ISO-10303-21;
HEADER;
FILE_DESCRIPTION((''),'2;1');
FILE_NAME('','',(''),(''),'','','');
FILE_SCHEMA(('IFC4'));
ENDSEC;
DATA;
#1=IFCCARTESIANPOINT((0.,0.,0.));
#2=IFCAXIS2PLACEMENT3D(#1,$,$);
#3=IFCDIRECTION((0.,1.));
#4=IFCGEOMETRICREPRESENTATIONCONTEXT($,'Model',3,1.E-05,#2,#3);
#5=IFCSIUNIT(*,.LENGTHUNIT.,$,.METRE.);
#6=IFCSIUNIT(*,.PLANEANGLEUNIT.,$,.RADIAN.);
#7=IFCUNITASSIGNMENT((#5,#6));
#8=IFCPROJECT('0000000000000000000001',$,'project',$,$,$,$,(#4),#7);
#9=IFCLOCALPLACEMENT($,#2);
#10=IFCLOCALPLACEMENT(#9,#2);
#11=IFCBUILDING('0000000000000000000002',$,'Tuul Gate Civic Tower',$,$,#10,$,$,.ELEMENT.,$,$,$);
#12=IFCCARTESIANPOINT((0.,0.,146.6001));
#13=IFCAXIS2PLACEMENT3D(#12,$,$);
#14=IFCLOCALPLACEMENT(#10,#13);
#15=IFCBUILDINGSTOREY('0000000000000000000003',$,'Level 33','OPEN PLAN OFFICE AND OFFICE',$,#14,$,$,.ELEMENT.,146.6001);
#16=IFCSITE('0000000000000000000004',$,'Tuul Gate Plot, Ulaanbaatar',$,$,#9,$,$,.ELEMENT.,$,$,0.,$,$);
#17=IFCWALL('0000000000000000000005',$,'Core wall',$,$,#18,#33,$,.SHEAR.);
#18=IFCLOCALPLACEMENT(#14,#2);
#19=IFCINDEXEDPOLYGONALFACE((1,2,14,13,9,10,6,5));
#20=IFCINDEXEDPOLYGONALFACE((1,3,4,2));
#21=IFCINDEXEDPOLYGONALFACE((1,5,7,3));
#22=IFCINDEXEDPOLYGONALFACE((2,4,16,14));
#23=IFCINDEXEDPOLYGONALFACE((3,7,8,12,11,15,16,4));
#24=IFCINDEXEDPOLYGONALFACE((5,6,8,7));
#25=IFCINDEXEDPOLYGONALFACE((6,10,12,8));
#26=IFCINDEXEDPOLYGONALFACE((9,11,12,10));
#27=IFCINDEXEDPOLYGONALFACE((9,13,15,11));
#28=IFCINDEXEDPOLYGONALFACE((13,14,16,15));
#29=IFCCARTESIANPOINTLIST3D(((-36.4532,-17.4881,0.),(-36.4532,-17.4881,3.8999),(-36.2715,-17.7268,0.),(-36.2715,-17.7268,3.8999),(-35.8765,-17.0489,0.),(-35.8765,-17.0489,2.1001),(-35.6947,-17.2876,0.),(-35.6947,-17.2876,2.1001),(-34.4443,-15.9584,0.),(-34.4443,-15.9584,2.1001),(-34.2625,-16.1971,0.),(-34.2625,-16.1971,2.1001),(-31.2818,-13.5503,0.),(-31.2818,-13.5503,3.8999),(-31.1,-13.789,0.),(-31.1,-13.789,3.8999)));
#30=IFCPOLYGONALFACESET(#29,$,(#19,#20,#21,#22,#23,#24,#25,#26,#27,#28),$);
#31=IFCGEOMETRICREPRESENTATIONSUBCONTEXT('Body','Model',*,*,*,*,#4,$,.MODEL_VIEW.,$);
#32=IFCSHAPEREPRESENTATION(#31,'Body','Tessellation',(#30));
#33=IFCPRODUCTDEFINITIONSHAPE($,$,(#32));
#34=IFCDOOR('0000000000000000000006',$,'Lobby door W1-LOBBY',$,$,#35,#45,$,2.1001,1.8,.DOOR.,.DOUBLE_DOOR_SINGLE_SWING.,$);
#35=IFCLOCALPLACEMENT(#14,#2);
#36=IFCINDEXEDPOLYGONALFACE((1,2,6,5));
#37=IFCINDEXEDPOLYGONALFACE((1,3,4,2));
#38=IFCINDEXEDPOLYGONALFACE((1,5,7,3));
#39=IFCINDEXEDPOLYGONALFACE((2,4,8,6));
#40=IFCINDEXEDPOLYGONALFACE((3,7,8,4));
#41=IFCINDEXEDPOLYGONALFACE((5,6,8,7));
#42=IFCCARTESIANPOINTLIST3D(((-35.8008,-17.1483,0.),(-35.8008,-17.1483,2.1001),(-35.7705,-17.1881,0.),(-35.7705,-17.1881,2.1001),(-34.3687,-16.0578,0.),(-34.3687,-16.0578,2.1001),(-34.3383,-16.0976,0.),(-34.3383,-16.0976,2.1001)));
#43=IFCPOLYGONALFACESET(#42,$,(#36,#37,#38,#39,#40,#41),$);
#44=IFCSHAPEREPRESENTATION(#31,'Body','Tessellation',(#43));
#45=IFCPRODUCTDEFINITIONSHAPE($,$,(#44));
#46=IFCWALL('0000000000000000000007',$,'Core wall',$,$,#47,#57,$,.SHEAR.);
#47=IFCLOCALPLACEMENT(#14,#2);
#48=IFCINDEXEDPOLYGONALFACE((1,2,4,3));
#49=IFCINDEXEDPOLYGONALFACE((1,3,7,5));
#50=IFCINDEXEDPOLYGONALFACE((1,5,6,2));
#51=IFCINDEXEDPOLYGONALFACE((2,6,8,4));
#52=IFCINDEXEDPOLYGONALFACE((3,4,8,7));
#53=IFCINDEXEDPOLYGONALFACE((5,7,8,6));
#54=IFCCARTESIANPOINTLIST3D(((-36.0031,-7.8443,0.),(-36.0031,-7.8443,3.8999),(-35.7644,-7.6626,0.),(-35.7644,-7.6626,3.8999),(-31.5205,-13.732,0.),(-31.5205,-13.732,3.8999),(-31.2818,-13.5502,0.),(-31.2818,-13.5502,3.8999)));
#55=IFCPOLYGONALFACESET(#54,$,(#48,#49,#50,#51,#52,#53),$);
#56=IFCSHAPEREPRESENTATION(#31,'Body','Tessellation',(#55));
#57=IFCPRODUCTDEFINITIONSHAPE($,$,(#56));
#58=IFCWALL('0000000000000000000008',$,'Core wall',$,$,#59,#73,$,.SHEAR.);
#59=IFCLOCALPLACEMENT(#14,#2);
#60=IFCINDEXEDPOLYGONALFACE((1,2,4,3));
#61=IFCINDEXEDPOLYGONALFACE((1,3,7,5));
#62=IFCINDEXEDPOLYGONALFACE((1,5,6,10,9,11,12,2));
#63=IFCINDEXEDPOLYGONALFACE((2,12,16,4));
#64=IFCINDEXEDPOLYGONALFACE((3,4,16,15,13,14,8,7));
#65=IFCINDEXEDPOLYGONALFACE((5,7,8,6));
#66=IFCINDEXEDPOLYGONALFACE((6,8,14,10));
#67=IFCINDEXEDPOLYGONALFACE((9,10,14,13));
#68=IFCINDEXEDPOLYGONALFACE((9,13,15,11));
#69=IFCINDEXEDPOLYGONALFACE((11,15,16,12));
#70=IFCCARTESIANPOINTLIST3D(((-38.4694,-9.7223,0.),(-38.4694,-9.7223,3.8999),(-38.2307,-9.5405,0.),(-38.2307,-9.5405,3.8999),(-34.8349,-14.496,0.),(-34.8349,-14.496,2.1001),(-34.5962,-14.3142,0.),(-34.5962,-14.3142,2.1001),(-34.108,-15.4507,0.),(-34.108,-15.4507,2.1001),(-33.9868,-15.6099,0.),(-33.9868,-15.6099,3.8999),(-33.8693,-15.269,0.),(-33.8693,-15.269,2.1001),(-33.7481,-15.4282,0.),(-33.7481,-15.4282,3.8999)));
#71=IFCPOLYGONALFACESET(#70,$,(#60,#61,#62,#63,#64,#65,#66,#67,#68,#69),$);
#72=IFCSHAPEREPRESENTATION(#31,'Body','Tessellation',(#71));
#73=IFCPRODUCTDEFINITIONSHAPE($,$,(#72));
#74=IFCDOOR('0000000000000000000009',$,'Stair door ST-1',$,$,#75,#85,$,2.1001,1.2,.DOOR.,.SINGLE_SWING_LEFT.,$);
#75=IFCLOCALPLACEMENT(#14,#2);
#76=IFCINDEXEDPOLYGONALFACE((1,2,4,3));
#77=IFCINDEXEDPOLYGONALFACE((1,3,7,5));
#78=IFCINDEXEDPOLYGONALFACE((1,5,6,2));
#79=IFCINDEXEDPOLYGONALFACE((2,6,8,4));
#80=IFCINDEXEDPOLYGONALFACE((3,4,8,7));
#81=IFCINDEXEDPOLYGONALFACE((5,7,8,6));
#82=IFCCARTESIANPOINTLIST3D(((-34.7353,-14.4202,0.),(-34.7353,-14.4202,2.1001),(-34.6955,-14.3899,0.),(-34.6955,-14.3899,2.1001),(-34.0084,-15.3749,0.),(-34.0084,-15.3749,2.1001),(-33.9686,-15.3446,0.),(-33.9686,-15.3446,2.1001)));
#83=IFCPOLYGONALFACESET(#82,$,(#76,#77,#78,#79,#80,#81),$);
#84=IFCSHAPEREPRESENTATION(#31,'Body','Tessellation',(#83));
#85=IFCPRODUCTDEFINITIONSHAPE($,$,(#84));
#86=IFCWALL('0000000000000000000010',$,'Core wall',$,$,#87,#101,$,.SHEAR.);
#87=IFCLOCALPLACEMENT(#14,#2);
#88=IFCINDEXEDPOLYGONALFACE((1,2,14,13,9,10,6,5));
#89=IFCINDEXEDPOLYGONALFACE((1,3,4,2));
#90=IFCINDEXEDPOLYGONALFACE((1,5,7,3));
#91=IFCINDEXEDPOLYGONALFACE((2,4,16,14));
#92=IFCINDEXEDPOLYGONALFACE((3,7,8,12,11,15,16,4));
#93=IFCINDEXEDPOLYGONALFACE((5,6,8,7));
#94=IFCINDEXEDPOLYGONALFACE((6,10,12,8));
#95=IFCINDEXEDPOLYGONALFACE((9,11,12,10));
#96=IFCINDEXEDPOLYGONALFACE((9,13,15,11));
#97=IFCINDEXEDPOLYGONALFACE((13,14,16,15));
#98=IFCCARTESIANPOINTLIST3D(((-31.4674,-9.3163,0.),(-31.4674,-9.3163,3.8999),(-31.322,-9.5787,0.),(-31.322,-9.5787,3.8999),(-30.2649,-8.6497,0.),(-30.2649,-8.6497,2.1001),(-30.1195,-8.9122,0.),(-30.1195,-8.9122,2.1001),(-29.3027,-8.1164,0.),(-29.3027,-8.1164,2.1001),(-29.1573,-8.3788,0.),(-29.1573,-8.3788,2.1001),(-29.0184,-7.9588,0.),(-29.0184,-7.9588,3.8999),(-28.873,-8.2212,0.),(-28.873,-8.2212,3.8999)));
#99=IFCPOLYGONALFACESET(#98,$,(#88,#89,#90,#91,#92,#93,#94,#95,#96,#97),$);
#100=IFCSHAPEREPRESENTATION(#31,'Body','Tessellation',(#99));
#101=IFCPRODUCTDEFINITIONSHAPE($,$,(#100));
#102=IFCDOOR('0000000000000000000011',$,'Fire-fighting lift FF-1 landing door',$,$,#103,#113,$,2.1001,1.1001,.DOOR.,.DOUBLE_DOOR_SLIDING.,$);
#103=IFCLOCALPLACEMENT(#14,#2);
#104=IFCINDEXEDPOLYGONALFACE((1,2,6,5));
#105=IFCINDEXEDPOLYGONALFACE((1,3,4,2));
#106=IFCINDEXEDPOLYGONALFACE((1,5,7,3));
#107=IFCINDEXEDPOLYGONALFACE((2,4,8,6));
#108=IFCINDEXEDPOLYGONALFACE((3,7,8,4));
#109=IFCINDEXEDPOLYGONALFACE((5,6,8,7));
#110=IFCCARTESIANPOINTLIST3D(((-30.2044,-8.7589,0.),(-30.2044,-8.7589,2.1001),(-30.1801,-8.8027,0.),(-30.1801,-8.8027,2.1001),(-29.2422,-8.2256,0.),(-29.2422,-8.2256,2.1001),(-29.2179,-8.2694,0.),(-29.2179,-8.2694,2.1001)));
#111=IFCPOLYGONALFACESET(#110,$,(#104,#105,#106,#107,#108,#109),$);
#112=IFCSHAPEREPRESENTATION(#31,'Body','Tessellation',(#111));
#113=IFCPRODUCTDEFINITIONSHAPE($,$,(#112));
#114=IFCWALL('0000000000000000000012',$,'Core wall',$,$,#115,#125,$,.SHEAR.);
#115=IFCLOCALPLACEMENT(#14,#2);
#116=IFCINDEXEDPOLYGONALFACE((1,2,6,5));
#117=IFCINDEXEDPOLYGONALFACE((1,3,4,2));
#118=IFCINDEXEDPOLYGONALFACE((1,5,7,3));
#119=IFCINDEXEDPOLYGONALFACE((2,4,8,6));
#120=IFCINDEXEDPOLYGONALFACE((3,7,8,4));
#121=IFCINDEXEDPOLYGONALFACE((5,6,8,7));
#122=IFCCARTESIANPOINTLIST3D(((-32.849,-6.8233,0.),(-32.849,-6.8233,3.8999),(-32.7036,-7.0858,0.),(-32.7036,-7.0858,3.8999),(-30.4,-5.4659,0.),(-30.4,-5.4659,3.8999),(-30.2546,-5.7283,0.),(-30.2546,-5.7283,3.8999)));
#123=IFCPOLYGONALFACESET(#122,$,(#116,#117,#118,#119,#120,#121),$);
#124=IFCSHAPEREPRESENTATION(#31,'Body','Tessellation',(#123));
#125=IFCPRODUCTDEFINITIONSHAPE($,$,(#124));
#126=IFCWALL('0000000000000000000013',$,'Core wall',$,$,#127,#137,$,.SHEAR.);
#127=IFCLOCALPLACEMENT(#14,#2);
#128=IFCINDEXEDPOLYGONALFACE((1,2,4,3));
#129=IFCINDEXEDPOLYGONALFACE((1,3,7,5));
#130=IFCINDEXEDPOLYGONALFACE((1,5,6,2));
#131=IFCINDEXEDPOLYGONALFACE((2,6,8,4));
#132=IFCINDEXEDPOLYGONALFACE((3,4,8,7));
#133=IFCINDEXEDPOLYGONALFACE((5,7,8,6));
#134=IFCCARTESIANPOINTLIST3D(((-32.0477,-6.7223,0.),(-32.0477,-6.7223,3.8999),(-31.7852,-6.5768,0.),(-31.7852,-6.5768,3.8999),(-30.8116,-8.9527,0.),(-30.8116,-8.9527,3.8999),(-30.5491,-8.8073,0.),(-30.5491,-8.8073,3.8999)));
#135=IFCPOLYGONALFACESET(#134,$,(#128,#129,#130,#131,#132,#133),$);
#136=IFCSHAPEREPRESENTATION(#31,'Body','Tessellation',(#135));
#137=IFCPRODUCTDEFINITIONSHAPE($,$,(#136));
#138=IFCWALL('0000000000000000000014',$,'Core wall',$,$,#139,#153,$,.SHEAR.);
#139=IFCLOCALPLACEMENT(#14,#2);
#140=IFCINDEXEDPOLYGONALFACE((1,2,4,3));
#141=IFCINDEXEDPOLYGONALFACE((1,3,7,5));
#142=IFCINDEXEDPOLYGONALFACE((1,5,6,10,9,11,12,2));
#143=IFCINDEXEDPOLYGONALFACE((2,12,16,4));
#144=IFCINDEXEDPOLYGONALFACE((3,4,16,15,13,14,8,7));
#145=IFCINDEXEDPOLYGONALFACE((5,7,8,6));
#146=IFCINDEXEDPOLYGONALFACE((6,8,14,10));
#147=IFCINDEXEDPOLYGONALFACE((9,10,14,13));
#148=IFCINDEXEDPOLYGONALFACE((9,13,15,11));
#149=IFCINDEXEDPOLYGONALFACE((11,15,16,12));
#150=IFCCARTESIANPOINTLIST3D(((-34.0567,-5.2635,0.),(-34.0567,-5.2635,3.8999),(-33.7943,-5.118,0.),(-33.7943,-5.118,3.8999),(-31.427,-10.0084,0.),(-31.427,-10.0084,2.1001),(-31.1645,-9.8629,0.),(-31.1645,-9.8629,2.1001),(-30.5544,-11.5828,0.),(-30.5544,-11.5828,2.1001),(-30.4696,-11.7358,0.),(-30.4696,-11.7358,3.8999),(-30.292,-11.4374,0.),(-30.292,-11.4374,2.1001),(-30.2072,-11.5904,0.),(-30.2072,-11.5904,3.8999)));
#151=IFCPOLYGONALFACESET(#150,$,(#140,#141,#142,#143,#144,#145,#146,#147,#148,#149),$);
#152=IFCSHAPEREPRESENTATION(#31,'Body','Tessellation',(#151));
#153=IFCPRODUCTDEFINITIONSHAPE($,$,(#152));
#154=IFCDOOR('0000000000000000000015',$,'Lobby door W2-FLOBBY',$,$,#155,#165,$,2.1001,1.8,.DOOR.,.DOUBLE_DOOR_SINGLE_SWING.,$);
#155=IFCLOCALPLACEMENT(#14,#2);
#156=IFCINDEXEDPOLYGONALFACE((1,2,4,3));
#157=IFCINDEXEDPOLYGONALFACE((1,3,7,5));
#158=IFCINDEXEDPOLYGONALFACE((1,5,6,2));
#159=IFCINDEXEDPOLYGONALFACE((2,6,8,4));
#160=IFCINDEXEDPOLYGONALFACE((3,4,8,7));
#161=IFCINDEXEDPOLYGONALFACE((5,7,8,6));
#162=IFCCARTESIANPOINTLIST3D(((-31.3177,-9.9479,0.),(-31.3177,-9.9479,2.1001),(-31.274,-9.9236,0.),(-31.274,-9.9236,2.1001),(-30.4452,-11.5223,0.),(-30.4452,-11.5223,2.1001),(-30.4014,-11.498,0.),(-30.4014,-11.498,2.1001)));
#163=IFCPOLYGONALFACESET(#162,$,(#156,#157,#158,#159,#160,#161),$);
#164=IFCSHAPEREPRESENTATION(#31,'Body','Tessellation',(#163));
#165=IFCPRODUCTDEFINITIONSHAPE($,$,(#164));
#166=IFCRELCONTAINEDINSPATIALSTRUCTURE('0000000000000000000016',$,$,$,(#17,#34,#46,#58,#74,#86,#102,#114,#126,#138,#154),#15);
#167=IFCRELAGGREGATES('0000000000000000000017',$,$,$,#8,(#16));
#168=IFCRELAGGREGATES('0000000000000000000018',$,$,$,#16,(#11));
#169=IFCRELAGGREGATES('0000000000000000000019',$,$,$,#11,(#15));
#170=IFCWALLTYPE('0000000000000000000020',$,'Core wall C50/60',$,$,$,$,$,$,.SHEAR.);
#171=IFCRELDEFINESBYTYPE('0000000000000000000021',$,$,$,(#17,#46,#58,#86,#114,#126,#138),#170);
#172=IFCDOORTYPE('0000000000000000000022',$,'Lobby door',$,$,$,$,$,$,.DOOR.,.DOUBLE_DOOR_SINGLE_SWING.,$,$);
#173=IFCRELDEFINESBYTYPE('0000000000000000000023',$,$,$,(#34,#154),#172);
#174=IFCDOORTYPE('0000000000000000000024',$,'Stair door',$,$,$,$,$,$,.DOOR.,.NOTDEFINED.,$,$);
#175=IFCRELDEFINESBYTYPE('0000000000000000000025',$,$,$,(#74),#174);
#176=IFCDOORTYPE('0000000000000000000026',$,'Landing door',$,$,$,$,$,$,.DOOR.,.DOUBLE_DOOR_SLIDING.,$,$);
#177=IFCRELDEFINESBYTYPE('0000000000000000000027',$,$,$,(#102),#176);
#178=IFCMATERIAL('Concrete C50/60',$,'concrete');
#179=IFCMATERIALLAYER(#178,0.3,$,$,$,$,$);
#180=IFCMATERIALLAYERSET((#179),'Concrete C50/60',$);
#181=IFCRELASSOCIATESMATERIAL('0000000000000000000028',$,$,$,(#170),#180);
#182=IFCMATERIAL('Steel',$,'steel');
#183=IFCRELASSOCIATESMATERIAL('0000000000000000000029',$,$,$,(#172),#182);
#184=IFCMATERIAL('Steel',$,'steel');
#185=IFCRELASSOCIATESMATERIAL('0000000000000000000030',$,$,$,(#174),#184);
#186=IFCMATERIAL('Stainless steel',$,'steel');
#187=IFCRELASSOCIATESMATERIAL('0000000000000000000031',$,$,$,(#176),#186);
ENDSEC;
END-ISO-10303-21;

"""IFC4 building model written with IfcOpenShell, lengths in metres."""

from ifc_helpers import new_model, si_unit, direction, frame, frame_2d, origin, place, context, subcontext, project, spatial, rectangle, extrude, material, layer, layer_set, type_object, element, fill, save


model = new_model("IFC4")

# Units and contexts
model_context = context("Model", 3, precision=1e-05, world=origin(), true_north=direction((0.0, 1.0)))
body_context = subcontext(model_context, "Body", "Model", "MODEL_VIEW")
ifc_project = project(units=[si_unit("LENGTHUNIT", "METRE"), si_unit("PLANEANGLEUNIT", "RADIAN")], contexts=[model_context])

# Site, building, storey
site_placement = place(None, origin())
site = spatial("IfcSite", under=ifc_project, at=site_placement, Name="Tuul Gate Plot, Ulaanbaatar", CompositionType="ELEMENT", RefElevation=0.0)
building_placement = place(site_placement, origin())
building = spatial("IfcBuilding", under=site, at=building_placement, Name="Tuul Gate Civic Tower", CompositionType="ELEMENT")
storey_placement = place(building_placement, frame((0.0, 0.0, 146.6001)))
storey = spatial("IfcBuildingStorey", under=building, at=storey_placement, Name="Level 33", Description="OPEN PLAN OFFICE AND OFFICE", CompositionType="ELEMENT", Elevation=146.6001)

# Wall, opening, door
ifc_material_1 = material(Name="Concrete C50/60", Category="concrete")
ifc_layer_1 = layer(ifc_material_1, 0.3)
ifc_layer_set_1 = layer_set([ifc_layer_1], Name="Concrete C50/60")
wall_type_1 = type_object("IfcWallType", Name="Core wall C50/60", PredefinedType="SHEAR", material=ifc_layer_set_1)
wall_1_placement = place(storey_placement, frame((-31.1909, -13.6697, 0.0), z_axis=(0.0, 0.0, 1.0), x_axis=(-0.795607, -0.605813, 0.0)))
wall_1 = element("IfcWall", 1, at=wall_1_placement, inside=storey, type_object=wall_type_1, Name="Core wall", PredefinedType="SHEAR", context=body_context, shape_type="SweptSolid", body=[
    extrude(rectangle(XDim=6.5, YDim=0.3, at=frame_2d((3.25, 0.0))), origin(), (0.0, 0.0, 1.0), 3.8999),
])
opening_1_placement = place(wall_1_placement, frame((3.9751, 0.0, 0.0)))
opening_1 = element("IfcOpeningElement", 2, at=opening_1_placement, cuts=wall_1, PredefinedType="OPENING", context=body_context, shape_type="SweptSolid", body=[
    extrude(rectangle(XDim=1.8, YDim=2.1001, at=frame_2d((0.8999, 1.05))), frame((0.0, 0.1602, 0.0), z_axis=(0.0, -1.0, 0.0), x_axis=(1.0, 0.0, 0.0)), (0.0, 0.0, 1.0), 0.3201),
])
ifc_material_2 = material(Name="Steel", Category="steel")
door_type_1 = type_object("IfcDoorType", Name="Lobby door", OperationType="DOUBLE_DOOR_SINGLE_SWING", PredefinedType="DOOR", material=ifc_material_2)
door_1_placement = place(opening_1_placement, origin())
door_1 = element("IfcDoor", 3, at=door_1_placement, inside=storey, type_object=door_type_1, Name="Lobby door W1-LOBBY", OperationType="DOUBLE_DOOR_SINGLE_SWING", OverallHeight=2.1001, OverallWidth=1.8, PredefinedType="DOOR", context=body_context, shape_type="SweptSolid", body=[
    extrude(rectangle(XDim=1.8, YDim=2.1001, at=frame_2d((0.8999, 1.05))), frame((0.0, 0.0249, 0.0), z_axis=(0.0, -1.0, 0.0), x_axis=(1.0, 0.0, 0.0)), (0.0, 0.0, 1.0), 0.05),
])
fill(opening_1, door_1)

# Wall
wall_2_placement = place(storey_placement, frame((-31.4011, -13.6411, 0.0), z_axis=(0.0, 0.0, 1.0), x_axis=(-0.60577, 0.79564, 0.0)))
element("IfcWall", 4, at=wall_2_placement, inside=storey, type_object=wall_type_1, Name="Core wall", PredefinedType="SHEAR", context=body_context, shape_type="SweptSolid", body=[
    extrude(rectangle(XDim=7.3999, YDim=0.3, at=frame_2d((3.7, 0.0))), origin(), (0.0, 0.0, 1.0), 3.8999),
])

# Walls, openings, doors
wall_3_placement = place(storey_placement, frame((-33.8674, -15.519, 0.0), z_axis=(0.0, 0.0, 1.0), x_axis=(-0.60577, 0.79564, 0.0)))
wall_3 = element("IfcWall", 5, at=wall_3_placement, inside=storey, type_object=wall_type_1, Name="Core wall", PredefinedType="SHEAR", context=body_context, shape_type="SweptSolid", body=[
    extrude(rectangle(XDim=7.3999, YDim=0.3, at=frame_2d((3.7, 0.0))), origin(), (0.0, 0.0, 1.0), 3.8999),
])
opening_2_placement = place(wall_3_placement, frame((0.2, 0.0, 0.0)))
opening_2 = element("IfcOpeningElement", 6, at=opening_2_placement, cuts=wall_3, PredefinedType="OPENING", context=body_context, shape_type="SweptSolid", body=[
    extrude(rectangle(XDim=1.2, YDim=2.1001, at=frame_2d((0.6001, 1.05))), frame((0.0, 0.1602, 0.0), z_axis=(0.0, -1.0, 0.0), x_axis=(1.0, 0.0, 0.0)), (0.0, 0.0, 1.0), 0.3201),
])
ifc_material_3 = material(Name="Steel", Category="steel")
door_type_2 = type_object("IfcDoorType", Name="Stair door", OperationType="NOTDEFINED", PredefinedType="DOOR", material=ifc_material_3)
door_2_placement = place(opening_2_placement, origin())
door_2 = element("IfcDoor", 7, at=door_2_placement, inside=storey, type_object=door_type_2, Name="Stair door ST-1", OperationType="SINGLE_SWING_LEFT", OverallHeight=2.1001, OverallWidth=1.2, PredefinedType="DOOR", context=body_context, shape_type="SweptSolid", body=[
    extrude(rectangle(XDim=1.2, YDim=2.1001, at=frame_2d((0.6001, 1.05))), frame((0.0, 0.0249, 0.0), z_axis=(0.0, -1.0, 0.0), x_axis=(1.0, 0.0, 0.0)), (0.0, 0.0, 1.0), 0.05),
])
fill(opening_2, door_2)
wall_4_placement = place(storey_placement, frame((-28.9458, -8.0901, 0.0), z_axis=(0.0, 0.0, 1.0), x_axis=(-0.87463, -0.484791, 0.0)))
wall_4 = element("IfcWall", 8, at=wall_4_placement, inside=storey, type_object=wall_type_1, Name="Core wall", PredefinedType="SHEAR", context=body_context, shape_type="SweptSolid", body=[
    extrude(rectangle(XDim=2.8, YDim=0.3, at=frame_2d((1.3999, 0.0))), origin(), (0.0, 0.0, 1.0), 3.8999),
])
opening_3_placement = place(wall_4_placement, frame((0.325, 0.0, 0.0)))
opening_3 = element("IfcOpeningElement", 9, at=opening_3_placement, cuts=wall_4, PredefinedType="OPENING", context=body_context, shape_type="SweptSolid", body=[
    extrude(rectangle(XDim=1.1001, YDim=2.1001, at=frame_2d((0.55, 1.05))), frame((0.0, 0.1602, 0.0), z_axis=(0.0, -1.0, 0.0), x_axis=(1.0, 0.0, 0.0)), (0.0, 0.0, 1.0), 0.3201),
])
ifc_material_4 = material(Name="Stainless steel", Category="steel")
door_type_3 = type_object("IfcDoorType", Name="Landing door", OperationType="DOUBLE_DOOR_SLIDING", PredefinedType="DOOR", material=ifc_material_4)
door_3_placement = place(opening_3_placement, origin())
door_3 = element("IfcDoor", 10, at=door_3_placement, inside=storey, type_object=door_type_3, Name="Fire-fighting lift FF-1 landing door", OperationType="DOUBLE_DOOR_SLIDING", OverallHeight=2.1001, OverallWidth=1.1001, PredefinedType="DOOR", context=body_context, shape_type="SweptSolid", body=[
    extrude(rectangle(XDim=1.1001, YDim=2.1001, at=frame_2d((0.55, 1.05))), frame((0.0, 0.0249, 0.0), z_axis=(0.0, -1.0, 0.0), x_axis=(1.0, 0.0, 0.0)), (0.0, 0.0, 1.0), 0.05),
])
fill(opening_3, door_3)

# Walls
wall_5_placement = place(storey_placement, frame((-30.3274, -5.5972, 0.0), z_axis=(0.0, 0.0, 1.0), x_axis=(-0.87463, -0.484791, 0.0)))
element("IfcWall", 11, at=wall_5_placement, inside=storey, type_object=wall_type_1, Name="Core wall", PredefinedType="SHEAR", context=body_context, shape_type="SweptSolid", body=[
    extrude(rectangle(XDim=2.8, YDim=0.3, at=frame_2d((1.3999, 0.0))), origin(), (0.0, 0.0, 1.0), 3.8999),
])
wall_6_placement = place(storey_placement, frame((-30.6804, -8.8799, 0.0), z_axis=(0.0, 0.0, 1.0), x_axis=(-0.484724, 0.874667, 0.0)))
element("IfcWall", 12, at=wall_6_placement, inside=storey, type_object=wall_type_1, Name="Core wall", PredefinedType="SHEAR", context=body_context, shape_type="SweptSolid", body=[
    extrude(rectangle(XDim=2.55, YDim=0.3, at=frame_2d((1.2749, 0.0))), origin(), (0.0, 0.0, 1.0), 3.8999),
])

# Wall, opening, door
wall_7_placement = place(storey_placement, frame((-30.3384, -11.6631, 0.0), z_axis=(0.0, 0.0, 1.0), x_axis=(-0.484752, 0.874652, 0.0)))
wall_7 = element("IfcWall", 13, at=wall_7_placement, inside=storey, type_object=wall_type_1, Name="Core wall", PredefinedType="SHEAR", context=body_context, shape_type="SweptSolid", body=[
    extrude(rectangle(XDim=7.3999, YDim=0.3, at=frame_2d((3.7, 0.0))), origin(), (0.0, 0.0, 1.0), 3.8999),
])
opening_4_placement = place(wall_7_placement, frame((0.175, 0.0, 0.0)))
opening_4 = element("IfcOpeningElement", 14, at=opening_4_placement, cuts=wall_7, PredefinedType="OPENING", context=body_context, shape_type="SweptSolid", body=[
    extrude(rectangle(XDim=1.8, YDim=2.1001, at=frame_2d((0.8999, 1.05))), frame((0.0, 0.1602, 0.0), z_axis=(0.0, -1.0, 0.0), x_axis=(1.0, 0.0, 0.0)), (0.0, 0.0, 1.0), 0.3201),
])
door_4_placement = place(opening_4_placement, frame((1.8, 0.0, 0.0), z_axis=(0.0, 0.0, 1.0), x_axis=(-1.0, 0.0, 0.0)))
door_4 = element("IfcDoor", 15, at=door_4_placement, inside=storey, type_object=door_type_1, Name="Lobby door W2-FLOBBY", OperationType="DOUBLE_DOOR_SINGLE_SWING", OverallHeight=2.1001, OverallWidth=1.8, PredefinedType="DOOR", context=body_context, shape_type="SweptSolid", body=[
    extrude(rectangle(XDim=1.8, YDim=2.1001, at=frame_2d((0.9001, 1.05))), frame((0.0, 0.0249, 0.0), z_axis=(0.0, -1.0, 0.0), x_axis=(1.0, 0.0, 0.0)), (0.0, 0.0, 1.0), 0.05),
])
fill(opening_4, door_4)

save(model, "model.ifc")
